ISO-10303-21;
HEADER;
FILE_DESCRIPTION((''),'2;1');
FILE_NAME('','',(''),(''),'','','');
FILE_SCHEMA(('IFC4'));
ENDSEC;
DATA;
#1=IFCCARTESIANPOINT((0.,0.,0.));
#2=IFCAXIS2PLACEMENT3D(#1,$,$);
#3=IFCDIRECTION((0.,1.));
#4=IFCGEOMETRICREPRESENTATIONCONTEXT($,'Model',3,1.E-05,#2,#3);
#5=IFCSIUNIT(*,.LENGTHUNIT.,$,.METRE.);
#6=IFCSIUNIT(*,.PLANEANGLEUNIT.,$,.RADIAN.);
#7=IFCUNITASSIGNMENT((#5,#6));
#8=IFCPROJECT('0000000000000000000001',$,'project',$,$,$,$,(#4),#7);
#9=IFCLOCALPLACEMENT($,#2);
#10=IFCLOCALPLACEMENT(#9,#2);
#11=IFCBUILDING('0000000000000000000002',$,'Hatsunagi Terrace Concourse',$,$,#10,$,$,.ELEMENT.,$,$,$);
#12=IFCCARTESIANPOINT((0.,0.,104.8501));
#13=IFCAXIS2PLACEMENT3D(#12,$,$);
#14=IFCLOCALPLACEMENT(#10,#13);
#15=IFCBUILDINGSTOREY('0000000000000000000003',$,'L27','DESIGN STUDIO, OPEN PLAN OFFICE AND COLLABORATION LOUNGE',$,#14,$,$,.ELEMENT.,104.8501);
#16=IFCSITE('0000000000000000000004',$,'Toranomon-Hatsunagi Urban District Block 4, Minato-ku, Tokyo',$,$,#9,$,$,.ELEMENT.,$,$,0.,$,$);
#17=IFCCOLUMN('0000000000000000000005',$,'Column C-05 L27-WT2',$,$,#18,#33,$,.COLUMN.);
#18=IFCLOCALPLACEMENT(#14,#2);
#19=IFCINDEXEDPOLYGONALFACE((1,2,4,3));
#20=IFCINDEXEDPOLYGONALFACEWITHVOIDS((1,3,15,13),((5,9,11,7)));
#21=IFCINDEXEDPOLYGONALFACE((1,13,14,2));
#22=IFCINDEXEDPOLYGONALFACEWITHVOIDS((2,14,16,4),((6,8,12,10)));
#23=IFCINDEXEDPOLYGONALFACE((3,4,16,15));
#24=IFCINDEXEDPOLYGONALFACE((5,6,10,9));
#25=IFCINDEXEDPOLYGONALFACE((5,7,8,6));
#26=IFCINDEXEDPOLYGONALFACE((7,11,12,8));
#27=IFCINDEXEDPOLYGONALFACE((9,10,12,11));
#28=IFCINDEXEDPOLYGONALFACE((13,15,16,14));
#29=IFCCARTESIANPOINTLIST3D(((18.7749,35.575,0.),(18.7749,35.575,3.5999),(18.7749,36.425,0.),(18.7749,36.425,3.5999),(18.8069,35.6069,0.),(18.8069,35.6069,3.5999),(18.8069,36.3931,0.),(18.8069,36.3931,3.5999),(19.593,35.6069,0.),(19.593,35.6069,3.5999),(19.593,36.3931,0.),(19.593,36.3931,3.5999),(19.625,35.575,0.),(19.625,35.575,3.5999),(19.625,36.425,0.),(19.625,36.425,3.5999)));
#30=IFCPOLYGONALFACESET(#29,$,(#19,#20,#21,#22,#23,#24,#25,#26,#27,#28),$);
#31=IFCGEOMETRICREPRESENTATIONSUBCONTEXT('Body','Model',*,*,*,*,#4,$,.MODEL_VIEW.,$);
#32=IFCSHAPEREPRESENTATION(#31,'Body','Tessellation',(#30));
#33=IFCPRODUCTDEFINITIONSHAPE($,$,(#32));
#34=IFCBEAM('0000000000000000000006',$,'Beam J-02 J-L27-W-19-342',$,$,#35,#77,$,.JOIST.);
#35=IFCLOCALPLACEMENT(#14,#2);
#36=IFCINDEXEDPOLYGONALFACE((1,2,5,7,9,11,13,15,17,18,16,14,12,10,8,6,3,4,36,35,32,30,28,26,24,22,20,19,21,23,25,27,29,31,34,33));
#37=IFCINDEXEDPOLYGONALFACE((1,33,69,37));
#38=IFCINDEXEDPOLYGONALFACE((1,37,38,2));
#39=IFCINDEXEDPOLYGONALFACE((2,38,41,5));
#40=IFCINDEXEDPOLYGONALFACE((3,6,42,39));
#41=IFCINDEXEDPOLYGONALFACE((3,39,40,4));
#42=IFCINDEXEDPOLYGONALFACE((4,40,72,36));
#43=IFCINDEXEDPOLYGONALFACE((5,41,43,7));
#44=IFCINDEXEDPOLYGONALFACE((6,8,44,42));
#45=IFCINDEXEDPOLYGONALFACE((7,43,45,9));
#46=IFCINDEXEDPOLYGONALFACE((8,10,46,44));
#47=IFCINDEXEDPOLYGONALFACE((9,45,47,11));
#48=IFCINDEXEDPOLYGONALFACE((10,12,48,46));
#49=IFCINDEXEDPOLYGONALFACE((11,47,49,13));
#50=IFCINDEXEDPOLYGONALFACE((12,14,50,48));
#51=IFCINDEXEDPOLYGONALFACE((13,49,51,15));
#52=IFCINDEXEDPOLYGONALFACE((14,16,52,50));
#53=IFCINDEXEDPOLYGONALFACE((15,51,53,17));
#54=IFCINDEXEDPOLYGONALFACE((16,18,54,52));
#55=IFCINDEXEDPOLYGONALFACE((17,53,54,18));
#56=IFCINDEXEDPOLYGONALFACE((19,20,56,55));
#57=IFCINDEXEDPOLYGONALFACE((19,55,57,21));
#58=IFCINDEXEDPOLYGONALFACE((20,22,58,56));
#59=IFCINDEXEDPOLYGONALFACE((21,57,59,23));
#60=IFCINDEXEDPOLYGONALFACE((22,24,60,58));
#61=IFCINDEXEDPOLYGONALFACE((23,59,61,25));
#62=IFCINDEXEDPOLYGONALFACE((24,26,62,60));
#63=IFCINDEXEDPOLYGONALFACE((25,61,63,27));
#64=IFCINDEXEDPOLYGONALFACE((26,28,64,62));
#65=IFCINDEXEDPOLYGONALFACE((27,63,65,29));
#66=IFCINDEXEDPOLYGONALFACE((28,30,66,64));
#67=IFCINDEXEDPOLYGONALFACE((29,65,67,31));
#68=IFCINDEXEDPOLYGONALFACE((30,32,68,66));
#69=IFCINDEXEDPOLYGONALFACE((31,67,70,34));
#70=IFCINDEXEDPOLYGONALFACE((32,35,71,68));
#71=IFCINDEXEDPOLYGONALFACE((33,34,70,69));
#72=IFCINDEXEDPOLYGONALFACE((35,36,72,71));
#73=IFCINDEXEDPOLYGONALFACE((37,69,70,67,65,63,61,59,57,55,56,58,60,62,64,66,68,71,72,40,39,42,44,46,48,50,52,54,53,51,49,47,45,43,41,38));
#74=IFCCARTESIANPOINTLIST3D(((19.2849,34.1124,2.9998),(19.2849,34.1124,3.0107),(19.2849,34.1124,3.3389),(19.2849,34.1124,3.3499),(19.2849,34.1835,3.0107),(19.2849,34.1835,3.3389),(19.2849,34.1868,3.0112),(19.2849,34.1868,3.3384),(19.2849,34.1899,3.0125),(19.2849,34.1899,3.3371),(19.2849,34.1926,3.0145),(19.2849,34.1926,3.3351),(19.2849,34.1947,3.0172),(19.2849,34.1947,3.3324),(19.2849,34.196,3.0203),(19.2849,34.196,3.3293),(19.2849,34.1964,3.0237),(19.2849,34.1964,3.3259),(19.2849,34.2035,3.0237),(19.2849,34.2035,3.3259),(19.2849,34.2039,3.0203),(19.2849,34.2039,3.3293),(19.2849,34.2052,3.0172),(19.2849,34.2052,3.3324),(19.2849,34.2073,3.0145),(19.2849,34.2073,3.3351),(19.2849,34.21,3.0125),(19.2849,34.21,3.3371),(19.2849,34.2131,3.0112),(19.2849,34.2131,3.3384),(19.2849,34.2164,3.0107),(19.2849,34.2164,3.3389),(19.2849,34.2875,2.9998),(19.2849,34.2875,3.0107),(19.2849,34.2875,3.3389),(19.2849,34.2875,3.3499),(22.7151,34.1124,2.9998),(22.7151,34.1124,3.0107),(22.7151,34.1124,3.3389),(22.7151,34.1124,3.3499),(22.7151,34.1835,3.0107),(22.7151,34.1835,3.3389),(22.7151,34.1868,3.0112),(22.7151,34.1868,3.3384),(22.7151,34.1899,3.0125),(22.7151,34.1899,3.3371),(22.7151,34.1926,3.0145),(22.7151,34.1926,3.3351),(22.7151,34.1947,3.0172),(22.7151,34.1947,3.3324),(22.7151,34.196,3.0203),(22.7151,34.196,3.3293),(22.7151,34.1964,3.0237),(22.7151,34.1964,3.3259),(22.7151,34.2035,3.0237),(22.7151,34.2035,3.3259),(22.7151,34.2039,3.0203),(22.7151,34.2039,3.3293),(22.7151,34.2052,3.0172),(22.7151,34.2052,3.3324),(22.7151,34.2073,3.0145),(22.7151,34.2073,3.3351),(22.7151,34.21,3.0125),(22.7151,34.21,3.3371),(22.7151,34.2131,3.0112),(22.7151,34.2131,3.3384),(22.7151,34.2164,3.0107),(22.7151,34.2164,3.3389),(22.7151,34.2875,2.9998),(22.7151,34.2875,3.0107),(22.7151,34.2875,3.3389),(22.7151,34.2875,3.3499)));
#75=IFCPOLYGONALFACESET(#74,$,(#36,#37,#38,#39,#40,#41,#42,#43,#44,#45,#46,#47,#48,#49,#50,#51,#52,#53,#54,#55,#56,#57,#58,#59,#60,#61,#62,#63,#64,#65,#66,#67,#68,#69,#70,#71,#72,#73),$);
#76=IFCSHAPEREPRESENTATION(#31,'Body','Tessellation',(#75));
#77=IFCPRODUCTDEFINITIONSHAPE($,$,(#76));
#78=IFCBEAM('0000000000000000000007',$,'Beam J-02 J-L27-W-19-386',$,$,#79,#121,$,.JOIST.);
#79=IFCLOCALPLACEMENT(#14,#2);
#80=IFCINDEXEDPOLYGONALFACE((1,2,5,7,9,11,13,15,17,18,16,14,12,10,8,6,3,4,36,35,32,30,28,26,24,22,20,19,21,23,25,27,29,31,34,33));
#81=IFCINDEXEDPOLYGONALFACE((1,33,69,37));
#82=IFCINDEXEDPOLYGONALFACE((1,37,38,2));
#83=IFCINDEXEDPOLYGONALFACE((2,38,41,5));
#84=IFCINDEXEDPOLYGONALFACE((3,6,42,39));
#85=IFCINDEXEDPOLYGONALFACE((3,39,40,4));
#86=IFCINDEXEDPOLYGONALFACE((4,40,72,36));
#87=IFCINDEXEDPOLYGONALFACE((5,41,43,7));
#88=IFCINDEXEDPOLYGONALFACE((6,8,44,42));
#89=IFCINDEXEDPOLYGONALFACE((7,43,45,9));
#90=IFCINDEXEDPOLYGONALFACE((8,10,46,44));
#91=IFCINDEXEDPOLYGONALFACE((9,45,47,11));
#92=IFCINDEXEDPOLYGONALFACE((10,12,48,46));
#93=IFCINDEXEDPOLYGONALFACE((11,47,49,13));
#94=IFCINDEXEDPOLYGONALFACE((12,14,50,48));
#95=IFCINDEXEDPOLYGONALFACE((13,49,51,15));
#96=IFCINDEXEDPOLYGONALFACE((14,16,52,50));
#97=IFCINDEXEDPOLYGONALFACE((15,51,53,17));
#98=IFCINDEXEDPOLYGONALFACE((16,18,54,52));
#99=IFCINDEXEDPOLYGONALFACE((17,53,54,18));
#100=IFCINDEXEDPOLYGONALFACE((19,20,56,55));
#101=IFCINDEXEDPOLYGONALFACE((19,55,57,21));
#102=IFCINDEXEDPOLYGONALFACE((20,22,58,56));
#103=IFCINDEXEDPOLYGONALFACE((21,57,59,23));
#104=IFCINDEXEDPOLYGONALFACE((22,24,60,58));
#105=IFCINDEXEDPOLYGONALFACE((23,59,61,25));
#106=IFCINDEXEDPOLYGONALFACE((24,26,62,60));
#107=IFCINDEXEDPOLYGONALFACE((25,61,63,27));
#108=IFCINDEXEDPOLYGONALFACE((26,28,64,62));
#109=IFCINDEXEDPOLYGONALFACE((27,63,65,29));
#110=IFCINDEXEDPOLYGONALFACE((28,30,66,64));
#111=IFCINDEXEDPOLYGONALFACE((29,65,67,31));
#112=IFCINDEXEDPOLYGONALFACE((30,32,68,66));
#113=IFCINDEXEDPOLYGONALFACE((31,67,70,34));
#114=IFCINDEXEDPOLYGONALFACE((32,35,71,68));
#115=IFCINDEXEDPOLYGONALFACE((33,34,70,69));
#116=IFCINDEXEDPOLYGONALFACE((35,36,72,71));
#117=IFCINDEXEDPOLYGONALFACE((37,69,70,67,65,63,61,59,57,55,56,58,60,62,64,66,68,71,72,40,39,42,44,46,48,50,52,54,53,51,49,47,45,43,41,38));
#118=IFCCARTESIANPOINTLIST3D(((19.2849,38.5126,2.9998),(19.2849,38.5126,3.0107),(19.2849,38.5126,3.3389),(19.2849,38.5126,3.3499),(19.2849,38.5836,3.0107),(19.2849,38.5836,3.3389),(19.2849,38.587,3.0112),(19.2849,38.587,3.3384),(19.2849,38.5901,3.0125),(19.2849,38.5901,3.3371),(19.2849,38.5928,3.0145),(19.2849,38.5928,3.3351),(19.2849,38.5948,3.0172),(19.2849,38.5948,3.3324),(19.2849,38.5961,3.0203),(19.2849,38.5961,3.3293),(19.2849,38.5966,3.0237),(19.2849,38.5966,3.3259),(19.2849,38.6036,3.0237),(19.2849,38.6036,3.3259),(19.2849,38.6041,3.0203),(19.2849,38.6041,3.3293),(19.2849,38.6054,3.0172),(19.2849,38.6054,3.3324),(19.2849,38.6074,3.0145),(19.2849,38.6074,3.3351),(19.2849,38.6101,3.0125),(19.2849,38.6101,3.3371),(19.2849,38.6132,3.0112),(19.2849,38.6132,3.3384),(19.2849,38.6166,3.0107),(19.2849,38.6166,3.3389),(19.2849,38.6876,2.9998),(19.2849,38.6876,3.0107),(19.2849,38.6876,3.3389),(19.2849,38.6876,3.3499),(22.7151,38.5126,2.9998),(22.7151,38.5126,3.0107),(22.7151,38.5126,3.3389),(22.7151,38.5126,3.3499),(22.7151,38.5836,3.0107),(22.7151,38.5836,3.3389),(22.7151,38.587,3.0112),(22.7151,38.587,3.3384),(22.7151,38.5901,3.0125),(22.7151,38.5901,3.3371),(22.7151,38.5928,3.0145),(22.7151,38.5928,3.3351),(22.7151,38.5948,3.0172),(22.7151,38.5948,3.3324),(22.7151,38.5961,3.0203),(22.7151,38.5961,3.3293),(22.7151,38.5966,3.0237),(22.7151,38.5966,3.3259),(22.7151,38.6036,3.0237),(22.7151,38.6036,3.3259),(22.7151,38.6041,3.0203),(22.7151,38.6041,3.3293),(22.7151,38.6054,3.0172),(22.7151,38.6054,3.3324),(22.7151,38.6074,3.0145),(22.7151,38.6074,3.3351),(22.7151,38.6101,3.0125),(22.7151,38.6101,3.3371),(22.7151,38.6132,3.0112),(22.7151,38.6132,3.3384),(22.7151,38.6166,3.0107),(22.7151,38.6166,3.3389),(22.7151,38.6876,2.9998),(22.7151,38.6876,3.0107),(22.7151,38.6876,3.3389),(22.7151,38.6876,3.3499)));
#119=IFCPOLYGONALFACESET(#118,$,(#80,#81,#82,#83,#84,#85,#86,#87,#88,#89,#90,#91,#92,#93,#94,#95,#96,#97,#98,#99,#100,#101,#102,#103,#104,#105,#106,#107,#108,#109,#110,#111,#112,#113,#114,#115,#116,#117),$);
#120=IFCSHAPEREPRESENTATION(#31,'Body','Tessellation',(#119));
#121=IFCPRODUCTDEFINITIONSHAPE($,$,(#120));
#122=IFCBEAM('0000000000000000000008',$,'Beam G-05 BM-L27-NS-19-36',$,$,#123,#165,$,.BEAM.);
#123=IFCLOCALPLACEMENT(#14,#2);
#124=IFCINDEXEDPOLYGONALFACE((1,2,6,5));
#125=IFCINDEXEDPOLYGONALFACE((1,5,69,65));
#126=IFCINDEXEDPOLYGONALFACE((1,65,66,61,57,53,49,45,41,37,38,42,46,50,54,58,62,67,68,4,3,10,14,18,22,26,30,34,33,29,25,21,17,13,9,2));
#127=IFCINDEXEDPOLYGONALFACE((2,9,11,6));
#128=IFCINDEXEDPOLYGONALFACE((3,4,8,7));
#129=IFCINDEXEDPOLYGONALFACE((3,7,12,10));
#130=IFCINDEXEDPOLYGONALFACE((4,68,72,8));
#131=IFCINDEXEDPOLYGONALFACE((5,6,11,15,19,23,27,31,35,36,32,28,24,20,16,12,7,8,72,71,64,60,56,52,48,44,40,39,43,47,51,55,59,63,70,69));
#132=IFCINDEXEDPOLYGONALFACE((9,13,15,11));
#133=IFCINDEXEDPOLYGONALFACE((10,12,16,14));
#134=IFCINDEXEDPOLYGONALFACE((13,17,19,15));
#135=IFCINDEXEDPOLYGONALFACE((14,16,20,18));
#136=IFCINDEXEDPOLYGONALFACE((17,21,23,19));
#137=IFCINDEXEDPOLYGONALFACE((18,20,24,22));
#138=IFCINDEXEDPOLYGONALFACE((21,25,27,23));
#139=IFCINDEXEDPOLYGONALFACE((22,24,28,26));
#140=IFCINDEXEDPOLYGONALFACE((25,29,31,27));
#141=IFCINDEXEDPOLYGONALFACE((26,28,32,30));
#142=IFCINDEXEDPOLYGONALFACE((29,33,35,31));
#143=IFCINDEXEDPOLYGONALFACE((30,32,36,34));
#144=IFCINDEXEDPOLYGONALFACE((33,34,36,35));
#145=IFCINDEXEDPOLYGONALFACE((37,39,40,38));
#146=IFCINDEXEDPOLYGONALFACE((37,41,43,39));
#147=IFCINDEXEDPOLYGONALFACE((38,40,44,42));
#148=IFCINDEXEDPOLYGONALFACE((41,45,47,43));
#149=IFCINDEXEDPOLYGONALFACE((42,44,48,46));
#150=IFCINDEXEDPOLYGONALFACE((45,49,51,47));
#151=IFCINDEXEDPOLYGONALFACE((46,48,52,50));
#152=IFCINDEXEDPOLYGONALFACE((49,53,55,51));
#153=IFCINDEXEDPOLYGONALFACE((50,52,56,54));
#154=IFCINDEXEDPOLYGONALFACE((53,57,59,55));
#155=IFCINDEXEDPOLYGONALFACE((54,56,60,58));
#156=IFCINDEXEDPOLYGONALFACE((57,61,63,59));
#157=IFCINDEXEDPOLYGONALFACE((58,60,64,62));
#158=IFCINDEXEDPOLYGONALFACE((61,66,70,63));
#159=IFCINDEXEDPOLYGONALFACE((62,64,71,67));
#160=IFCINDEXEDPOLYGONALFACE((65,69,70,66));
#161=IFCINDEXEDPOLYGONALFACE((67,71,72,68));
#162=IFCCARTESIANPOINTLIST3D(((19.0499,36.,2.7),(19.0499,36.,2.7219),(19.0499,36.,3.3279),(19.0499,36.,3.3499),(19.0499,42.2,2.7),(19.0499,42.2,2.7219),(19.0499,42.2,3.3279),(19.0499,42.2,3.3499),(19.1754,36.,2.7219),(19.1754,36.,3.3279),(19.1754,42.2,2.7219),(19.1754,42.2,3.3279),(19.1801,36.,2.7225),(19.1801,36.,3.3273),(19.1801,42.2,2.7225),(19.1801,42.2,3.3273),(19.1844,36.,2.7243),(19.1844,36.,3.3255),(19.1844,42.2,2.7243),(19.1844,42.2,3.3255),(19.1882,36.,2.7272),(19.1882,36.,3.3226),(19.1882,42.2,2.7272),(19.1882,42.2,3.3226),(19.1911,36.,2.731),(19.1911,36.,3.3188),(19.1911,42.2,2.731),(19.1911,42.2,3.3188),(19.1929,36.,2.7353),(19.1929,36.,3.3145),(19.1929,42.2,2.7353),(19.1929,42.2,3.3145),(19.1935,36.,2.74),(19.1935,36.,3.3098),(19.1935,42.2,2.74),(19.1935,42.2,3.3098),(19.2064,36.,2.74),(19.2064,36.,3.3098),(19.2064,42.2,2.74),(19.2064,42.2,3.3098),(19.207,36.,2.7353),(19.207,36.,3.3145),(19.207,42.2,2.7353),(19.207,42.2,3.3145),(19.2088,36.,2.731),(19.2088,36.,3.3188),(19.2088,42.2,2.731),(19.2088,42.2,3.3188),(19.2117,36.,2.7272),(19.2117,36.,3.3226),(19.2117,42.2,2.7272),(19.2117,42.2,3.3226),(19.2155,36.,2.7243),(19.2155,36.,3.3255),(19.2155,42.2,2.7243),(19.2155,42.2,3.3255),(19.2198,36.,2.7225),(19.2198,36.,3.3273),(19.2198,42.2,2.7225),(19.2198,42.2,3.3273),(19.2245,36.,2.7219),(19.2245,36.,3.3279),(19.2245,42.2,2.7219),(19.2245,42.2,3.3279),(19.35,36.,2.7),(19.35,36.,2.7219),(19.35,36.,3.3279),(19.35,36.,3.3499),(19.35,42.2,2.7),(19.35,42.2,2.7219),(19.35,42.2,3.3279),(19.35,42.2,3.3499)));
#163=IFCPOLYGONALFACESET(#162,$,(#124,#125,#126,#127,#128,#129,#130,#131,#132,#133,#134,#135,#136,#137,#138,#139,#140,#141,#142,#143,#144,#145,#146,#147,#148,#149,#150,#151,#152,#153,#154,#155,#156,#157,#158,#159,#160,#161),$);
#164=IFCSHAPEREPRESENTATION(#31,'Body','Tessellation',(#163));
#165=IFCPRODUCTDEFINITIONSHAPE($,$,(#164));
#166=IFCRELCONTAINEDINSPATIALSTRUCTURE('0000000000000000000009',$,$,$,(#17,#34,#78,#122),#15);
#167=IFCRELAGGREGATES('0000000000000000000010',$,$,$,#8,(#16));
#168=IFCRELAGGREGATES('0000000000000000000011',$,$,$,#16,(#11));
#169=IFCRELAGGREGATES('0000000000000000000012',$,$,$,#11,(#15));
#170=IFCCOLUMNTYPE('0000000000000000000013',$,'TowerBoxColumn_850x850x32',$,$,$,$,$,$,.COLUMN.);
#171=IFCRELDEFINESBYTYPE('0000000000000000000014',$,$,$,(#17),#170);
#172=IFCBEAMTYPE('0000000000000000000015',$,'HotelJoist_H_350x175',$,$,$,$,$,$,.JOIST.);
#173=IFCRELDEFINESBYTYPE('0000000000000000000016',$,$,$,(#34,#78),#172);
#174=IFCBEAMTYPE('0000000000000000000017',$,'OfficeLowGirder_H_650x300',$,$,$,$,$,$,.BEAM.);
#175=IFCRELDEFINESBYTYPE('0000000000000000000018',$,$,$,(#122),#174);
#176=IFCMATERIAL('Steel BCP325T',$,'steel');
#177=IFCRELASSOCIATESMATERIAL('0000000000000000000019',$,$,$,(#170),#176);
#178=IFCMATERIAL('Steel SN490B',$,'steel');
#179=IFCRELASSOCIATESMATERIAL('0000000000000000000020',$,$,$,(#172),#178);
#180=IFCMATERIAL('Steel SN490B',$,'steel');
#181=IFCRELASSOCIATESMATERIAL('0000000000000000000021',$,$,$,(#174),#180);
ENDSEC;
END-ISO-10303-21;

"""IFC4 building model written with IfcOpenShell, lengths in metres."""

from ifc_helpers import new_model, si_unit, direction, frame, origin, origin_2d, place, context, subcontext, project, spatial, hollow_rectangle, i_section, extrude, material, material_profile, profile_set, type_object, element, save


model = new_model("IFC4")

# Units and contexts
model_context = context("Model", 3, precision=1e-05, world=origin(), true_north=direction((0.0, 1.0)))
body_context = subcontext(model_context, "Body", "Model", "MODEL_VIEW")
ifc_project = project(units=[si_unit("LENGTHUNIT", "METRE"), si_unit("PLANEANGLEUNIT", "RADIAN")], contexts=[model_context])

# Site, building, storey
site_placement = place(None, origin())
site = spatial("IfcSite", under=ifc_project, at=site_placement, Name="Toranomon-Hatsunagi Urban District Block 4, Minato-ku, Tokyo", CompositionType="ELEMENT", RefElevation=0.0)
building_placement = place(site_placement, origin())
building = spatial("IfcBuilding", under=site, at=building_placement, Name="Hatsunagi Terrace Concourse", CompositionType="ELEMENT")
storey_placement = place(building_placement, frame((0.0, 0.0, 104.8501)))
storey = spatial("IfcBuildingStorey", under=building, at=storey_placement, Name="L27", Description="DESIGN STUDIO, OPEN PLAN OFFICE AND COLLABORATION LOUNGE", CompositionType="ELEMENT", Elevation=104.8501)

# Column
ifc_material_1 = material(Name="Steel BCP325T", Category="steel")
ifc_material_profile_1 = material_profile(ifc_material_1, hollow_rectangle(XDim=0.8501, YDim=0.8501, WallThickness=0.032, at=origin_2d()), Name="BCP-850x850x32")
ifc_profile_set_1 = profile_set([ifc_material_profile_1], Name="Steel BCP325T")
column_type = type_object("IfcColumnType", Name="TowerBoxColumn_850x850x32", PredefinedType="COLUMN", material=ifc_profile_set_1)
column_placement = place(storey_placement, frame((19.2, 36.0, 0.0), z_axis=(0.0, 0.0, 1.0), x_axis=(1.0, 0.0, 0.0)))
element("IfcColumn", 1, at=column_placement, inside=storey, type_object=column_type, Name="Column C-05 L27-WT2", PredefinedType="COLUMN", context=body_context, shape_type="SweptSolid", body=[
    extrude(hollow_rectangle(XDim=0.8501, YDim=0.8501, WallThickness=0.032, at=origin_2d()), origin(), (0.0, 0.0, 1.0), 3.5999),
])

# Beams
ifc_material_2 = material(Name="Steel SN490B", Category="steel")
ifc_material_profile_2 = material_profile(ifc_material_2, i_section(OverallWidth=0.175, OverallDepth=0.3501, WebThickness=0.0071, FlangeThickness=0.011, FilletRadius=0.0129, at=origin_2d()), Name="H-350x175x7x11")
ifc_profile_set_2 = profile_set([ifc_material_profile_2], Name="Steel SN490B")
beam_type_1 = type_object("IfcBeamType", Name="HotelJoist_H_350x175", PredefinedType="JOIST", material=ifc_profile_set_2)
for number, where, z_axis, x_axis, name in (
    (2, (19.2849, 34.2, 3.1748), (1.0, 0.0, 0.0), (0.0, 1.0, 0.0), "Beam J-02 J-L27-W-19-342"),
    (3, (19.2849, 38.6001, 3.1748), (1.0, 0.0, 0.0), (0.0, 1.0, 0.0), "Beam J-02 J-L27-W-19-386"),
):
    element("IfcBeam", number, at=place(storey_placement, frame(where, z_axis=z_axis, x_axis=x_axis)), inside=storey, type_object=beam_type_1, Name=name, PredefinedType="JOIST", context=body_context, shape_type="SweptSolid", body=[
        extrude(i_section(OverallWidth=0.175, OverallDepth=0.3501, WebThickness=0.0071, FlangeThickness=0.011, FilletRadius=0.0129, at=origin_2d()), origin(), (0.0, 0.0, 1.0), 3.4302),
    ])
ifc_material_3 = material(Name="Steel SN490B", Category="steel")
ifc_material_profile_3 = material_profile(ifc_material_3, i_section(OverallWidth=0.3, OverallDepth=0.6499, WebThickness=0.0129, FlangeThickness=0.022, FilletRadius=0.0181, at=origin_2d()), Name="H-650x300x13x22")
ifc_profile_set_3 = profile_set([ifc_material_profile_3], Name="Steel SN490B")
beam_type_2 = type_object("IfcBeamType", Name="OfficeLowGirder_H_650x300", PredefinedType="BEAM", material=ifc_profile_set_3)
beam_1_placement = place(storey_placement, frame((19.2, 36.0, 3.0249), z_axis=(0.0, 1.0, 0.0), x_axis=(-1.0, 0.0, 0.0)))
element("IfcBeam", 4, at=beam_1_placement, inside=storey, type_object=beam_type_2, Name="Beam G-05 BM-L27-NS-19-36", PredefinedType="BEAM", context=body_context, shape_type="SweptSolid", body=[
    extrude(i_section(OverallWidth=0.3, OverallDepth=0.6499, WebThickness=0.0129, FlangeThickness=0.022, FilletRadius=0.0181, at=origin_2d()), origin(), (0.0, 0.0, 1.0), 6.2),
])

save(model, "model.ifc")
